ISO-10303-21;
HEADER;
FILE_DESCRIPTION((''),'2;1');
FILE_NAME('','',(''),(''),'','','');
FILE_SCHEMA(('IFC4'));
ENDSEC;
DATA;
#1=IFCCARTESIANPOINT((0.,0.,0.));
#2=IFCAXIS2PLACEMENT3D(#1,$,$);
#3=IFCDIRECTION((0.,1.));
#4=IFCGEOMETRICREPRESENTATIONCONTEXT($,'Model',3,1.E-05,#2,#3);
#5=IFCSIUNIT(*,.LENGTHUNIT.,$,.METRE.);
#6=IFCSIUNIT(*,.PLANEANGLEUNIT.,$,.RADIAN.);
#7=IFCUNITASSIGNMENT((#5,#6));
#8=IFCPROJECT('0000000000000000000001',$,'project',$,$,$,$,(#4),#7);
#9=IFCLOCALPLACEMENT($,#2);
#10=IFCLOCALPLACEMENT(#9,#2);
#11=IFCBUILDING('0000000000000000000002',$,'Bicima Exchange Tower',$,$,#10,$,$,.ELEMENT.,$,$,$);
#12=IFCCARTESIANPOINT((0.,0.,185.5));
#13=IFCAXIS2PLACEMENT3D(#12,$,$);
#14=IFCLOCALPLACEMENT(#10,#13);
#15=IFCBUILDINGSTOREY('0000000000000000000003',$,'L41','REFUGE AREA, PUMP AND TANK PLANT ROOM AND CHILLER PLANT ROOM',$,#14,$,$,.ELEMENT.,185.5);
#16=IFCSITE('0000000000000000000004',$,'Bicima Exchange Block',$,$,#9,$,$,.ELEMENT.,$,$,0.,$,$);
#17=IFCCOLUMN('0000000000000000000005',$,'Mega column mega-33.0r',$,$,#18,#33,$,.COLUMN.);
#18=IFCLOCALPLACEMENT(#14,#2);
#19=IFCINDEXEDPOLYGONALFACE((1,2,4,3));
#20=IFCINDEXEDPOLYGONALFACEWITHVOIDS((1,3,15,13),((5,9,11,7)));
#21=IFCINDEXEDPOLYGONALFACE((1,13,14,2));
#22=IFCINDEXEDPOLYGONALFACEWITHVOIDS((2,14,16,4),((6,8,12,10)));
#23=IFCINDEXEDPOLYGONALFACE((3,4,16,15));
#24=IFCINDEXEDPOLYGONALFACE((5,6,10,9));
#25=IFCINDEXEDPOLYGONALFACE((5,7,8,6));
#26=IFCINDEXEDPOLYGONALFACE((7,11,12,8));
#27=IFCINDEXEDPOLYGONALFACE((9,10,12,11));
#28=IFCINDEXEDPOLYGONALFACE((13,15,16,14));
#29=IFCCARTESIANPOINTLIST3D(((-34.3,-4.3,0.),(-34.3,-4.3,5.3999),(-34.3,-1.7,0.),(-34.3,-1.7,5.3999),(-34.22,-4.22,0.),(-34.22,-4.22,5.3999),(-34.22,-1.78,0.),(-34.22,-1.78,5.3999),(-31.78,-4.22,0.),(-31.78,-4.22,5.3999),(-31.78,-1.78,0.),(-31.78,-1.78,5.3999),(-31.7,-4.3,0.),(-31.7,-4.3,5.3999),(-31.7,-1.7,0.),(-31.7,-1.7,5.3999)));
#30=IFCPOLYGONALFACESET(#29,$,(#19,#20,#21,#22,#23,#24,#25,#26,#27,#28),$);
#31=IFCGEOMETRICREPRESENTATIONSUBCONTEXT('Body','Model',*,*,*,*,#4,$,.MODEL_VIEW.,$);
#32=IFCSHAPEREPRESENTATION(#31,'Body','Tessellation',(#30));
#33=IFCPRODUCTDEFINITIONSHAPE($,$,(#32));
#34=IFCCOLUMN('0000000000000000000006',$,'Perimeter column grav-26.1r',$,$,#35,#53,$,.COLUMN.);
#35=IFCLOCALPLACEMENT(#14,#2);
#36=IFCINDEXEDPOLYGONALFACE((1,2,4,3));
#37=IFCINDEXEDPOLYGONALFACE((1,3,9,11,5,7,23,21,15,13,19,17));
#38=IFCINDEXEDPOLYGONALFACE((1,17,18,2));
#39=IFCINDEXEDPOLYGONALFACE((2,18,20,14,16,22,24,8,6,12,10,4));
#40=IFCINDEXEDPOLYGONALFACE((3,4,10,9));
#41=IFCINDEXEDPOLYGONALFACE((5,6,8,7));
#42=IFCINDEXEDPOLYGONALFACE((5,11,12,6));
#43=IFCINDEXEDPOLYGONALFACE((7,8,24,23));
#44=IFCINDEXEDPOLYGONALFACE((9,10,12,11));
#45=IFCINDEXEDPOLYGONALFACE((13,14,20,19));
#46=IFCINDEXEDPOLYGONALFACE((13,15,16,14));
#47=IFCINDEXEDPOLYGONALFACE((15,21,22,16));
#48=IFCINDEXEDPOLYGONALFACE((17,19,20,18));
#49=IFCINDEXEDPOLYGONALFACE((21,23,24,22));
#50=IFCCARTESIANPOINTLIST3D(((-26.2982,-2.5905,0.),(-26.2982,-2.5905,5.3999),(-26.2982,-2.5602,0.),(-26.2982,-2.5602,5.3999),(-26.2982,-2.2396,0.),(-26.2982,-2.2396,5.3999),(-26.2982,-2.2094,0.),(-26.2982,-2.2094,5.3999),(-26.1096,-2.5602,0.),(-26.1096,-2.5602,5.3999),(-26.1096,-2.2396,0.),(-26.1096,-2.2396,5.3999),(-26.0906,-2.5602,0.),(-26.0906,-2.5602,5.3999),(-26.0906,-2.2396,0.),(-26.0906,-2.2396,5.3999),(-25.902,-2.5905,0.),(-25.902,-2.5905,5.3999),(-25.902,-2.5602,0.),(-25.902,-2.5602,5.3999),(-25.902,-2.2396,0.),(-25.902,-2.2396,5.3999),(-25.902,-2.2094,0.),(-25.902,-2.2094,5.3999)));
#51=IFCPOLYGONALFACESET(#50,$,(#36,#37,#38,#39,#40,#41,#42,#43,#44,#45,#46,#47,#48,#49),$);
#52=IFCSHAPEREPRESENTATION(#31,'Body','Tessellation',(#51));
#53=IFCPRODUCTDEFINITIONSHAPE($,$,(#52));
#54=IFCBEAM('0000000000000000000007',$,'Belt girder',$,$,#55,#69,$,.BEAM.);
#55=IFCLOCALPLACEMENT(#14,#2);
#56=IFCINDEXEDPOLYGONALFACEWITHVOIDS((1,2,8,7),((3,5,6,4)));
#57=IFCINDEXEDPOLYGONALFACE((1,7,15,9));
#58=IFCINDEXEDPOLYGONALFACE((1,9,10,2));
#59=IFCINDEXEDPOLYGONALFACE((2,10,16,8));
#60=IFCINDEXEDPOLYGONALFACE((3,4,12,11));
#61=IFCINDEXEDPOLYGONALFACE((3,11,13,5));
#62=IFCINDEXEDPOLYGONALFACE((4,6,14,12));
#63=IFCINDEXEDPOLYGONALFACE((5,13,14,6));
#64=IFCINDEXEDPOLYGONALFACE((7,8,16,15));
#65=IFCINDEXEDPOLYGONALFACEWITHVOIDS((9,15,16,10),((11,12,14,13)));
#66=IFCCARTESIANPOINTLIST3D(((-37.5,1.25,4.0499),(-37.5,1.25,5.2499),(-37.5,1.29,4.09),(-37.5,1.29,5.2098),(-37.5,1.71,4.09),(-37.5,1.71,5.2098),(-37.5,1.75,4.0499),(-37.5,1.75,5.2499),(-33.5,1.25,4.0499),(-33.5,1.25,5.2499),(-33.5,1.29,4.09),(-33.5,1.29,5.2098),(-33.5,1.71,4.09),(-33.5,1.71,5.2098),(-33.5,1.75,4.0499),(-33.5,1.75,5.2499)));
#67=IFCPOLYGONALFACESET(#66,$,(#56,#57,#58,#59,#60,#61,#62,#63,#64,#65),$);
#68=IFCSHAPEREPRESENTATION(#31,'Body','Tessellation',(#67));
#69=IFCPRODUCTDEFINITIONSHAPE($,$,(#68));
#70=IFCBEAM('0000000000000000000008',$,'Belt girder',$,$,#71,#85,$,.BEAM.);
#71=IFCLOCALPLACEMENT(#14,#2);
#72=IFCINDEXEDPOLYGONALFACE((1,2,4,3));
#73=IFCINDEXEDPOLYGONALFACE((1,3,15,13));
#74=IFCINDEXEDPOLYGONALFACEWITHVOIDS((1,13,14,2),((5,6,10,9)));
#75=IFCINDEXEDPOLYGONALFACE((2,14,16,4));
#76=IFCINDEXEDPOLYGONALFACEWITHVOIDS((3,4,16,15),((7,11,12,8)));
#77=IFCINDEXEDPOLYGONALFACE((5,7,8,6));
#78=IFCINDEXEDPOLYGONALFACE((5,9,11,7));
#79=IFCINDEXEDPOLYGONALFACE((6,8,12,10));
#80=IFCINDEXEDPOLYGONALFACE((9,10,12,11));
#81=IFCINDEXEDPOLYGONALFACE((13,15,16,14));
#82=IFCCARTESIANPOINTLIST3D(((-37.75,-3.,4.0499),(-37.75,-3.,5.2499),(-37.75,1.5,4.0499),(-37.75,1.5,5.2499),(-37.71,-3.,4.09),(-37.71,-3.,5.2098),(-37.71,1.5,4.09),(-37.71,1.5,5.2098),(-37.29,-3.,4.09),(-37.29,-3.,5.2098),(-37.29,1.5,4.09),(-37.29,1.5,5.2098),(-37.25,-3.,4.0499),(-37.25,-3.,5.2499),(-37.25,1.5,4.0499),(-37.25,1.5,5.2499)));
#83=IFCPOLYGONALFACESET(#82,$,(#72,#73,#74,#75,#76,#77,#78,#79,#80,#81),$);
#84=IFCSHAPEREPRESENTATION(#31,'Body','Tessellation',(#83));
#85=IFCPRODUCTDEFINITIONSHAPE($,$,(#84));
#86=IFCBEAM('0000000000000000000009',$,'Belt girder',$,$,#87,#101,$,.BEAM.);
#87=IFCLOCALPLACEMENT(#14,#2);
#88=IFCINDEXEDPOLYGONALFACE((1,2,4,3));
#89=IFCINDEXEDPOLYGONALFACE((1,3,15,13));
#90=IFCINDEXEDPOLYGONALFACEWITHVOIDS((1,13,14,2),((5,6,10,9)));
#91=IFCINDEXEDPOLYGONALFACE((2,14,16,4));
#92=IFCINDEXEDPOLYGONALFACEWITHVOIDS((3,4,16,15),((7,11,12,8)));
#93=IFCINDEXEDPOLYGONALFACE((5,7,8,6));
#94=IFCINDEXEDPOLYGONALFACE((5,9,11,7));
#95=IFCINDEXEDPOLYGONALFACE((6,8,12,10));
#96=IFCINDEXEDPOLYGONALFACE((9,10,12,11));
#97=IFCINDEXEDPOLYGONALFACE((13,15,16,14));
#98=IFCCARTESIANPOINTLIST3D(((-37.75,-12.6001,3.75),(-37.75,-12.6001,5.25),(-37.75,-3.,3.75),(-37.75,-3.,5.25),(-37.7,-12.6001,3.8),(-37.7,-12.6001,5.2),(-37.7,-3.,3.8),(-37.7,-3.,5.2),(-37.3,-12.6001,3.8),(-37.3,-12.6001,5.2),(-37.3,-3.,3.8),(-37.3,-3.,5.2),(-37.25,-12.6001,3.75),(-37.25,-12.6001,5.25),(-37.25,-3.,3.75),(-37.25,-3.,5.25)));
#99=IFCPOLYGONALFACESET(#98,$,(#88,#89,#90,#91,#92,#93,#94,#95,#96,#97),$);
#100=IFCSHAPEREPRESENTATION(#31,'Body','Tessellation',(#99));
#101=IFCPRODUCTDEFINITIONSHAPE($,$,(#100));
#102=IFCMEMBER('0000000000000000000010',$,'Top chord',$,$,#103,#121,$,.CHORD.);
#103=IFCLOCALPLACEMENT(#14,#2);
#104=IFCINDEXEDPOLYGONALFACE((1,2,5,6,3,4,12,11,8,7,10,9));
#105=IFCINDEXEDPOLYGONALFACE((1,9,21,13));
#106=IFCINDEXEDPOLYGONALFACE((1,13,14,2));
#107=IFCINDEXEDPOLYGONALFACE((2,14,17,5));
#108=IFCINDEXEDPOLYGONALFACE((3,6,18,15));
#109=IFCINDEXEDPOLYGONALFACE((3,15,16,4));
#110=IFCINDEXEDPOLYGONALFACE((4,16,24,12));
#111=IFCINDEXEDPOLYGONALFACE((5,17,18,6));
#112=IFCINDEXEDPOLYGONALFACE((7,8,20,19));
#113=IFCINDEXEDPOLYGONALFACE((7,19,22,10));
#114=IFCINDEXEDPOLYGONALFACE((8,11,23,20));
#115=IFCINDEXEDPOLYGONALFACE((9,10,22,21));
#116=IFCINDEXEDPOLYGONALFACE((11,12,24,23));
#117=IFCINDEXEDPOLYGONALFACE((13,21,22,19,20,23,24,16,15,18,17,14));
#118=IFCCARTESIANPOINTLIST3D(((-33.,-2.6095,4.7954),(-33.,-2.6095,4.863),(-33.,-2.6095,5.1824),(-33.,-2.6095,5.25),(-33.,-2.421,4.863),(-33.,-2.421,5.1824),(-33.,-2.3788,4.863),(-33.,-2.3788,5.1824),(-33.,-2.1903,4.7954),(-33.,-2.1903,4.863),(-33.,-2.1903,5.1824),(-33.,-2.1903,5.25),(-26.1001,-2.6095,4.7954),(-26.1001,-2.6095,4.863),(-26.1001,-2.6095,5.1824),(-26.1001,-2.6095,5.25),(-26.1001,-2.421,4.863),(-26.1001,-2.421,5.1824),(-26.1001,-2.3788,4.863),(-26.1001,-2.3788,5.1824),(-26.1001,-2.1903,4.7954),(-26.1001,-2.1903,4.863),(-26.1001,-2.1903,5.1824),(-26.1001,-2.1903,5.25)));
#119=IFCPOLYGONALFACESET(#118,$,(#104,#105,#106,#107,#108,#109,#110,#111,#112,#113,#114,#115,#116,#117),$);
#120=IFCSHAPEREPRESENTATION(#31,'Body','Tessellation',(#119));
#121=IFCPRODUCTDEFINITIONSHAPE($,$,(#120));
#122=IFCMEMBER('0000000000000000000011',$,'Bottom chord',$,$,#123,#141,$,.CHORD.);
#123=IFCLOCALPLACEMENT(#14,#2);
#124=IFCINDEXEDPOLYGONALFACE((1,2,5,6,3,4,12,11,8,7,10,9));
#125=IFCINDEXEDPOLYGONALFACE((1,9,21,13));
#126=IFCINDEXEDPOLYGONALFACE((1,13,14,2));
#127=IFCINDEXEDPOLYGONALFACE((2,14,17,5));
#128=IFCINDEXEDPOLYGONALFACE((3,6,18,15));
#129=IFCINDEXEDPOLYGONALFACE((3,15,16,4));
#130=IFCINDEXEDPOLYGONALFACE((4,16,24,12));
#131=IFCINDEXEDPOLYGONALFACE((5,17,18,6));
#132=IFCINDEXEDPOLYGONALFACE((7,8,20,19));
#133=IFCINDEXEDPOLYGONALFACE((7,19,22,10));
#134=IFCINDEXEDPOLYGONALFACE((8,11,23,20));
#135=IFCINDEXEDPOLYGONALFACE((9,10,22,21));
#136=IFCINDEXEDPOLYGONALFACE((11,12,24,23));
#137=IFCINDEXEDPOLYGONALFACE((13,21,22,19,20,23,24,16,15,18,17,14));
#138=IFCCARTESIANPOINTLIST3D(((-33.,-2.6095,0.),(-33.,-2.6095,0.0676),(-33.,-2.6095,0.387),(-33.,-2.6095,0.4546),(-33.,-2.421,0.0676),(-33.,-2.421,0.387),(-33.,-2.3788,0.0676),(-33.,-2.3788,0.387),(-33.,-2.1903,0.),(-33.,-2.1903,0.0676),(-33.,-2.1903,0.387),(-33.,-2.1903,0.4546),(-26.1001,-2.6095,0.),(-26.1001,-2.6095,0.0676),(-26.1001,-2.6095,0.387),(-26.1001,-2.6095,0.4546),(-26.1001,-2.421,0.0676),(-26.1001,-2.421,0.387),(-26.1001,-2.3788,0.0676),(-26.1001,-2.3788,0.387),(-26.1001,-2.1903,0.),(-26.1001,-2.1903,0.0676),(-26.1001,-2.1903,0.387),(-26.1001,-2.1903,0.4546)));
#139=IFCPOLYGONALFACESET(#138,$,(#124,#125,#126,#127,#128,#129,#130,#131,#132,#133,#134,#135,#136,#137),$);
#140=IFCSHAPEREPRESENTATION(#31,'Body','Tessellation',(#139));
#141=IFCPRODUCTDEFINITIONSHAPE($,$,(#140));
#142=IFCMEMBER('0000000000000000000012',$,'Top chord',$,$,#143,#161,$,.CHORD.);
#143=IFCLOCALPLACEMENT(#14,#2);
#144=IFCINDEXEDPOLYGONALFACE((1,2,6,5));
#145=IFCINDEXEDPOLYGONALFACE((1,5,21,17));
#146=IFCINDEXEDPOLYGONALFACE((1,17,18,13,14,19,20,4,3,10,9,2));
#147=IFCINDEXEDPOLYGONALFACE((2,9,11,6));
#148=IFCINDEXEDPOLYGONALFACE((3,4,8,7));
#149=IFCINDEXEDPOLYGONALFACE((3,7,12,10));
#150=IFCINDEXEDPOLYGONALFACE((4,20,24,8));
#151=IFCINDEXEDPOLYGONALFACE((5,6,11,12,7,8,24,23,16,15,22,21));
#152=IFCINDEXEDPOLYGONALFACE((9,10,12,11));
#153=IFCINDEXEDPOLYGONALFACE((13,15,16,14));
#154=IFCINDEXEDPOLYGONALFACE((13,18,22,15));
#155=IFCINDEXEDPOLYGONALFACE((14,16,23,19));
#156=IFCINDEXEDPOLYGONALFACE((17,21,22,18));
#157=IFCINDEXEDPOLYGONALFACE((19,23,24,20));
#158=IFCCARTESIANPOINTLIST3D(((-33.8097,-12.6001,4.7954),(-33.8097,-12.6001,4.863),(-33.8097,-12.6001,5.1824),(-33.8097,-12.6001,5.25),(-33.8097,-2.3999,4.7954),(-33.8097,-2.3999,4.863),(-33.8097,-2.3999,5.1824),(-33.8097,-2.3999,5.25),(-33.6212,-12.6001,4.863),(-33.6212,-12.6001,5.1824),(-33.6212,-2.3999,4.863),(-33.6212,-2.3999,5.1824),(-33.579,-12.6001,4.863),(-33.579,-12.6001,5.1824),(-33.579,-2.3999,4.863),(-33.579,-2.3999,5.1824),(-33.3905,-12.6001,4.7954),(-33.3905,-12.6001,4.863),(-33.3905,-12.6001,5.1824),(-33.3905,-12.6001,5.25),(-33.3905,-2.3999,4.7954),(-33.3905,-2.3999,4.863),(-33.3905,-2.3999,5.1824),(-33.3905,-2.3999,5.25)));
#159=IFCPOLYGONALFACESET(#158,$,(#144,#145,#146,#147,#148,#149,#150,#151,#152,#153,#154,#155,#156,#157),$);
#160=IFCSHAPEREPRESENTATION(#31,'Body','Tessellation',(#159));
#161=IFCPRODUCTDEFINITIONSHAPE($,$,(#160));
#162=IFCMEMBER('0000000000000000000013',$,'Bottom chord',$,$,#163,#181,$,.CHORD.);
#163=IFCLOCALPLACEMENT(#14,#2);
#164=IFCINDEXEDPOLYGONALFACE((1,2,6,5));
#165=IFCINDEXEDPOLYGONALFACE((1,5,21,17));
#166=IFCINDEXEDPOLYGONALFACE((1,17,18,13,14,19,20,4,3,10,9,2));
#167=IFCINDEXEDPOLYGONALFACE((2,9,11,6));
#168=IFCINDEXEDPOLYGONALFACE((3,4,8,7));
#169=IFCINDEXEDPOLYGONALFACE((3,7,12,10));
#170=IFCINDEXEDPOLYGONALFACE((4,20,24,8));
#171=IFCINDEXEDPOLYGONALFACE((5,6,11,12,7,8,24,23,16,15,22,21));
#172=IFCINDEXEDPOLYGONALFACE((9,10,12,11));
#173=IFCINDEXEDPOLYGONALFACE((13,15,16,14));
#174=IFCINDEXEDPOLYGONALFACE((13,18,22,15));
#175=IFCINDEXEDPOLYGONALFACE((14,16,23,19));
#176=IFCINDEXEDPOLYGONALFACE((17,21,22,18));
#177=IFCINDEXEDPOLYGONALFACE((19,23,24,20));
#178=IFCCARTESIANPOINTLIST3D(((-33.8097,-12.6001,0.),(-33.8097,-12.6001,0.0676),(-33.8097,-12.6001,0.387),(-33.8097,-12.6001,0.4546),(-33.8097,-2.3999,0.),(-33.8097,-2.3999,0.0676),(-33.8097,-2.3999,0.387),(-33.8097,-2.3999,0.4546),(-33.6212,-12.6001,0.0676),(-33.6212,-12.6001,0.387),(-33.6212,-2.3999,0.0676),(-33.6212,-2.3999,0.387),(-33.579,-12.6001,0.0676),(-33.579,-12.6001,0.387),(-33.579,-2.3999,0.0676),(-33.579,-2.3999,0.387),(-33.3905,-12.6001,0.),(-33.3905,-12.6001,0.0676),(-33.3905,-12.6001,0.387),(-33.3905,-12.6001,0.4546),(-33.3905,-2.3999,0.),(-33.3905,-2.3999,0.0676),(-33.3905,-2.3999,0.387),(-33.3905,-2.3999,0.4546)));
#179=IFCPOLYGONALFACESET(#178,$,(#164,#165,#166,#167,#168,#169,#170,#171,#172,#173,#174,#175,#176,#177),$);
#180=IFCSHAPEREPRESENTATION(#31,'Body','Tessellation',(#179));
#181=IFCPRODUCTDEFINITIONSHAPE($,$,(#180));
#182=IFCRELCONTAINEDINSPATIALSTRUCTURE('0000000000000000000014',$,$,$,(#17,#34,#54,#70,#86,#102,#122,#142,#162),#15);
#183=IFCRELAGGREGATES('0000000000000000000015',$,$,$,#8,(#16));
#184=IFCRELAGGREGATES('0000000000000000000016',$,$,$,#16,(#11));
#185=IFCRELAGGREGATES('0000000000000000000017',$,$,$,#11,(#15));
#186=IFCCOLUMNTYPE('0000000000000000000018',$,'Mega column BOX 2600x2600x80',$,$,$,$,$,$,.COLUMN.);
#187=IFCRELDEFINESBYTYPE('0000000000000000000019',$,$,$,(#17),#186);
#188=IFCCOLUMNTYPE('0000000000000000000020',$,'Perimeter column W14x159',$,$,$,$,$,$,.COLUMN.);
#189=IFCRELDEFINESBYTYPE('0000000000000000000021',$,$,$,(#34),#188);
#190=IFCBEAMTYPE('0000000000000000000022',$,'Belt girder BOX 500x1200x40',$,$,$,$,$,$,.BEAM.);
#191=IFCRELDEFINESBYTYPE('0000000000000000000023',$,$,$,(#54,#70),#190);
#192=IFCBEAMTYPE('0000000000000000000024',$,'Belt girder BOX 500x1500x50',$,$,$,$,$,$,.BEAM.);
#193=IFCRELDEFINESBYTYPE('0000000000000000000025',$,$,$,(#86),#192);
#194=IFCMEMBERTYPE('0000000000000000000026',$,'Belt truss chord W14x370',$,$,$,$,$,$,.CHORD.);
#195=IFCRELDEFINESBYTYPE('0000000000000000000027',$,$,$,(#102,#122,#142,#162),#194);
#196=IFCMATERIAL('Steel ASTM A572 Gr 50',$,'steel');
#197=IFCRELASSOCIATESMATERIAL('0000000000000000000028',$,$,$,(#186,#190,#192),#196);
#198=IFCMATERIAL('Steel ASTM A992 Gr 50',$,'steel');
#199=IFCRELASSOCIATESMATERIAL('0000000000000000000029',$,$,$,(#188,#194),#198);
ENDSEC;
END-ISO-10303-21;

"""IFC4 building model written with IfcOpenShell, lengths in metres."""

from ifc_helpers import new_model, si_unit, direction, frame, origin, origin_2d, place, context, subcontext, project, spatial, hollow_rectangle, i_section, extrude, material, material_profile, profile_set, type_object, element, save


model = new_model("IFC4")

# Units and contexts
model_context = context("Model", 3, precision=1e-05, world=origin(), true_north=direction((0.0, 1.0)))
body_context = subcontext(model_context, "Body", "Model", "MODEL_VIEW")
ifc_project = project(units=[si_unit("LENGTHUNIT", "METRE"), si_unit("PLANEANGLEUNIT", "RADIAN")], contexts=[model_context])

# Site, building, storey
site_placement = place(None, origin())
site = spatial("IfcSite", under=ifc_project, at=site_placement, Name="Bicima Exchange Block", CompositionType="ELEMENT", RefElevation=0.0)
building_placement = place(site_placement, origin())
building = spatial("IfcBuilding", under=site, at=building_placement, Name="Bicima Exchange Tower", CompositionType="ELEMENT")
storey_placement = place(building_placement, frame((0.0, 0.0, 185.5)))
storey = spatial("IfcBuildingStorey", under=building, at=storey_placement, Name="L41", Description="REFUGE AREA, PUMP AND TANK PLANT ROOM AND CHILLER PLANT ROOM", CompositionType="ELEMENT", Elevation=185.5)

# Columns
ifc_material_1 = material(Name="Steel ASTM A572 Gr 50", Category="steel")
ifc_material_profile_1 = material_profile(ifc_material_1, hollow_rectangle(XDim=2.6001, YDim=2.6001, WallThickness=0.0801, at=origin_2d()))
ifc_profile_set_1 = profile_set([ifc_material_profile_1], Name="Steel ASTM A572 Gr 50")
column_type_1 = type_object("IfcColumnType", Name="Mega column BOX 2600x2600x80", PredefinedType="COLUMN", material=ifc_profile_set_1)
column_1_placement = place(storey_placement, frame((-33.0, -3.0, 0.0), z_axis=(0.0, 0.0, 1.0), x_axis=(1.0, 0.0, 0.0)))
element("IfcColumn", 1, at=column_1_placement, inside=storey, type_object=column_type_1, Name="Mega column mega-33.0r", PredefinedType="COLUMN", context=body_context, shape_type="SweptSolid", body=[
    extrude(hollow_rectangle(XDim=2.6001, YDim=2.6001, WallThickness=0.0801, at=origin_2d()), origin(), (0.0, 0.0, 1.0), 5.3999),
])
ifc_material_2 = material(Name="Steel ASTM A992 Gr 50", Category="steel")
ifc_material_profile_2 = material_profile(ifc_material_2, i_section(OverallWidth=0.3962, OverallDepth=0.3811, WebThickness=0.019, FlangeThickness=0.0303, at=origin_2d()))
ifc_profile_set_2 = profile_set([ifc_material_profile_2], Name="Steel ASTM A992 Gr 50")
column_type_2 = type_object("IfcColumnType", Name="Perimeter column W14x159", PredefinedType="COLUMN", material=ifc_profile_set_2)
column_2_placement = place(storey_placement, frame((-26.1001, -2.3999, 0.0), z_axis=(0.0, 0.0, 1.0), x_axis=(1.0, 0.0, 0.0)))
element("IfcColumn", 2, at=column_2_placement, inside=storey, type_object=column_type_2, Name="Perimeter column grav-26.1r", PredefinedType="COLUMN", context=body_context, shape_type="SweptSolid", body=[
    extrude(i_section(OverallWidth=0.3962, OverallDepth=0.3811, WebThickness=0.019, FlangeThickness=0.0303, at=origin_2d()), origin(), (0.0, 0.0, 1.0), 5.3999),
])

# Beams
ifc_material_profile_3 = material_profile(ifc_material_1, hollow_rectangle(XDim=0.5, YDim=1.2, WallThickness=0.04, at=origin_2d()))
ifc_profile_set_3 = profile_set([ifc_material_profile_3], Name="Steel ASTM A572 Gr 50")
beam_type_1 = type_object("IfcBeamType", Name="Belt girder BOX 500x1200x40", PredefinedType="BEAM", material=ifc_profile_set_3)
beam_1_placement = place(storey_placement, frame((-33.5, 1.5, 4.6499), z_axis=(-1.0, 0.0, 0.0), x_axis=(0.0, -1.0, 0.0)))
element("IfcBeam", 3, at=beam_1_placement, inside=storey, type_object=beam_type_1, Name="Belt girder", PredefinedType="BEAM", context=body_context, shape_type="SweptSolid", body=[
    extrude(hollow_rectangle(XDim=0.5, YDim=1.2, WallThickness=0.04, at=origin_2d()), origin(), (0.0, 0.0, 1.0), 4.0),
])
beam_2_placement = place(storey_placement, frame((-37.5, 1.5, 4.6499), z_axis=(0.0, -1.0, 0.0), x_axis=(1.0, 0.0, 0.0)))
element("IfcBeam", 4, at=beam_2_placement, inside=storey, type_object=beam_type_1, Name="Belt girder", PredefinedType="BEAM", context=body_context, shape_type="SweptSolid", body=[
    extrude(hollow_rectangle(XDim=0.5, YDim=1.2, WallThickness=0.04, at=origin_2d()), origin(), (0.0, 0.0, 1.0), 4.5),
])
ifc_material_profile_4 = material_profile(ifc_material_1, hollow_rectangle(XDim=0.5, YDim=1.5, WallThickness=0.05, at=origin_2d()))
ifc_profile_set_4 = profile_set([ifc_material_profile_4], Name="Steel ASTM A572 Gr 50")
beam_type_2 = type_object("IfcBeamType", Name="Belt girder BOX 500x1500x50", PredefinedType="BEAM", material=ifc_profile_set_4)
beam_3_placement = place(storey_placement, frame((-37.5, -3.0, 4.5), z_axis=(0.0, -1.0, 0.0), x_axis=(1.0, 0.0, 0.0)))
element("IfcBeam", 5, at=beam_3_placement, inside=storey, type_object=beam_type_2, Name="Belt girder", PredefinedType="BEAM", context=body_context, shape_type="SweptSolid", body=[
    extrude(hollow_rectangle(XDim=0.5, YDim=1.5, WallThickness=0.05, at=origin_2d()), origin(), (0.0, 0.0, 1.0), 9.6001),
])

# Members
ifc_material_profile_5 = material_profile(ifc_material_2, i_section(OverallWidth=0.4192, OverallDepth=0.4546, WebThickness=0.0422, FlangeThickness=0.0676, at=origin_2d()))
ifc_profile_set_5 = profile_set([ifc_material_profile_5], Name="Steel ASTM A992 Gr 50")
member_type_1 = type_object("IfcMemberType", Name="Belt truss chord W14x370", PredefinedType="CHORD", material=ifc_profile_set_5)
for number, where, z_axis, x_axis, name in (
    (6, (-26.1001, -2.3999, 5.0227), (-1.0, 0.0, 0.0), (0.0, -1.0, 0.0), "Top chord"),
    (7, (-26.1001, -2.3999, 0.2273), (-1.0, 0.0, 0.0), (0.0, -1.0, 0.0), "Bottom chord"),
):
    element("IfcMember", number, at=place(storey_placement, frame(where, z_axis=z_axis, x_axis=x_axis)), inside=storey, type_object=member_type_1, Name=name, PredefinedType="CHORD", context=body_context, shape_type="SweptSolid", body=[
        extrude(i_section(OverallWidth=0.4192, OverallDepth=0.4546, WebThickness=0.0422, FlangeThickness=0.0676, at=origin_2d()), origin(), (0.0, 0.0, 1.0), 6.8999),
    ])
for number, where, z_axis, x_axis, name in (
    (8, (-33.6001, -2.3999, 5.0227), (0.0, -1.0, 0.0), (1.0, 0.0, 0.0), "Top chord"),
    (9, (-33.6001, -2.3999, 0.2273), (0.0, -1.0, 0.0), (1.0, 0.0, 0.0), "Bottom chord"),
):
    element("IfcMember", number, at=place(storey_placement, frame(where, z_axis=z_axis, x_axis=x_axis)), inside=storey, type_object=member_type_1, Name=name, PredefinedType="CHORD", context=body_context, shape_type="SweptSolid", body=[
        extrude(i_section(OverallWidth=0.4192, OverallDepth=0.4546, WebThickness=0.0422, FlangeThickness=0.0676, at=origin_2d()), origin(), (0.0, 0.0, 1.0), 10.2002),
    ])

save(model, "model.ifc")
